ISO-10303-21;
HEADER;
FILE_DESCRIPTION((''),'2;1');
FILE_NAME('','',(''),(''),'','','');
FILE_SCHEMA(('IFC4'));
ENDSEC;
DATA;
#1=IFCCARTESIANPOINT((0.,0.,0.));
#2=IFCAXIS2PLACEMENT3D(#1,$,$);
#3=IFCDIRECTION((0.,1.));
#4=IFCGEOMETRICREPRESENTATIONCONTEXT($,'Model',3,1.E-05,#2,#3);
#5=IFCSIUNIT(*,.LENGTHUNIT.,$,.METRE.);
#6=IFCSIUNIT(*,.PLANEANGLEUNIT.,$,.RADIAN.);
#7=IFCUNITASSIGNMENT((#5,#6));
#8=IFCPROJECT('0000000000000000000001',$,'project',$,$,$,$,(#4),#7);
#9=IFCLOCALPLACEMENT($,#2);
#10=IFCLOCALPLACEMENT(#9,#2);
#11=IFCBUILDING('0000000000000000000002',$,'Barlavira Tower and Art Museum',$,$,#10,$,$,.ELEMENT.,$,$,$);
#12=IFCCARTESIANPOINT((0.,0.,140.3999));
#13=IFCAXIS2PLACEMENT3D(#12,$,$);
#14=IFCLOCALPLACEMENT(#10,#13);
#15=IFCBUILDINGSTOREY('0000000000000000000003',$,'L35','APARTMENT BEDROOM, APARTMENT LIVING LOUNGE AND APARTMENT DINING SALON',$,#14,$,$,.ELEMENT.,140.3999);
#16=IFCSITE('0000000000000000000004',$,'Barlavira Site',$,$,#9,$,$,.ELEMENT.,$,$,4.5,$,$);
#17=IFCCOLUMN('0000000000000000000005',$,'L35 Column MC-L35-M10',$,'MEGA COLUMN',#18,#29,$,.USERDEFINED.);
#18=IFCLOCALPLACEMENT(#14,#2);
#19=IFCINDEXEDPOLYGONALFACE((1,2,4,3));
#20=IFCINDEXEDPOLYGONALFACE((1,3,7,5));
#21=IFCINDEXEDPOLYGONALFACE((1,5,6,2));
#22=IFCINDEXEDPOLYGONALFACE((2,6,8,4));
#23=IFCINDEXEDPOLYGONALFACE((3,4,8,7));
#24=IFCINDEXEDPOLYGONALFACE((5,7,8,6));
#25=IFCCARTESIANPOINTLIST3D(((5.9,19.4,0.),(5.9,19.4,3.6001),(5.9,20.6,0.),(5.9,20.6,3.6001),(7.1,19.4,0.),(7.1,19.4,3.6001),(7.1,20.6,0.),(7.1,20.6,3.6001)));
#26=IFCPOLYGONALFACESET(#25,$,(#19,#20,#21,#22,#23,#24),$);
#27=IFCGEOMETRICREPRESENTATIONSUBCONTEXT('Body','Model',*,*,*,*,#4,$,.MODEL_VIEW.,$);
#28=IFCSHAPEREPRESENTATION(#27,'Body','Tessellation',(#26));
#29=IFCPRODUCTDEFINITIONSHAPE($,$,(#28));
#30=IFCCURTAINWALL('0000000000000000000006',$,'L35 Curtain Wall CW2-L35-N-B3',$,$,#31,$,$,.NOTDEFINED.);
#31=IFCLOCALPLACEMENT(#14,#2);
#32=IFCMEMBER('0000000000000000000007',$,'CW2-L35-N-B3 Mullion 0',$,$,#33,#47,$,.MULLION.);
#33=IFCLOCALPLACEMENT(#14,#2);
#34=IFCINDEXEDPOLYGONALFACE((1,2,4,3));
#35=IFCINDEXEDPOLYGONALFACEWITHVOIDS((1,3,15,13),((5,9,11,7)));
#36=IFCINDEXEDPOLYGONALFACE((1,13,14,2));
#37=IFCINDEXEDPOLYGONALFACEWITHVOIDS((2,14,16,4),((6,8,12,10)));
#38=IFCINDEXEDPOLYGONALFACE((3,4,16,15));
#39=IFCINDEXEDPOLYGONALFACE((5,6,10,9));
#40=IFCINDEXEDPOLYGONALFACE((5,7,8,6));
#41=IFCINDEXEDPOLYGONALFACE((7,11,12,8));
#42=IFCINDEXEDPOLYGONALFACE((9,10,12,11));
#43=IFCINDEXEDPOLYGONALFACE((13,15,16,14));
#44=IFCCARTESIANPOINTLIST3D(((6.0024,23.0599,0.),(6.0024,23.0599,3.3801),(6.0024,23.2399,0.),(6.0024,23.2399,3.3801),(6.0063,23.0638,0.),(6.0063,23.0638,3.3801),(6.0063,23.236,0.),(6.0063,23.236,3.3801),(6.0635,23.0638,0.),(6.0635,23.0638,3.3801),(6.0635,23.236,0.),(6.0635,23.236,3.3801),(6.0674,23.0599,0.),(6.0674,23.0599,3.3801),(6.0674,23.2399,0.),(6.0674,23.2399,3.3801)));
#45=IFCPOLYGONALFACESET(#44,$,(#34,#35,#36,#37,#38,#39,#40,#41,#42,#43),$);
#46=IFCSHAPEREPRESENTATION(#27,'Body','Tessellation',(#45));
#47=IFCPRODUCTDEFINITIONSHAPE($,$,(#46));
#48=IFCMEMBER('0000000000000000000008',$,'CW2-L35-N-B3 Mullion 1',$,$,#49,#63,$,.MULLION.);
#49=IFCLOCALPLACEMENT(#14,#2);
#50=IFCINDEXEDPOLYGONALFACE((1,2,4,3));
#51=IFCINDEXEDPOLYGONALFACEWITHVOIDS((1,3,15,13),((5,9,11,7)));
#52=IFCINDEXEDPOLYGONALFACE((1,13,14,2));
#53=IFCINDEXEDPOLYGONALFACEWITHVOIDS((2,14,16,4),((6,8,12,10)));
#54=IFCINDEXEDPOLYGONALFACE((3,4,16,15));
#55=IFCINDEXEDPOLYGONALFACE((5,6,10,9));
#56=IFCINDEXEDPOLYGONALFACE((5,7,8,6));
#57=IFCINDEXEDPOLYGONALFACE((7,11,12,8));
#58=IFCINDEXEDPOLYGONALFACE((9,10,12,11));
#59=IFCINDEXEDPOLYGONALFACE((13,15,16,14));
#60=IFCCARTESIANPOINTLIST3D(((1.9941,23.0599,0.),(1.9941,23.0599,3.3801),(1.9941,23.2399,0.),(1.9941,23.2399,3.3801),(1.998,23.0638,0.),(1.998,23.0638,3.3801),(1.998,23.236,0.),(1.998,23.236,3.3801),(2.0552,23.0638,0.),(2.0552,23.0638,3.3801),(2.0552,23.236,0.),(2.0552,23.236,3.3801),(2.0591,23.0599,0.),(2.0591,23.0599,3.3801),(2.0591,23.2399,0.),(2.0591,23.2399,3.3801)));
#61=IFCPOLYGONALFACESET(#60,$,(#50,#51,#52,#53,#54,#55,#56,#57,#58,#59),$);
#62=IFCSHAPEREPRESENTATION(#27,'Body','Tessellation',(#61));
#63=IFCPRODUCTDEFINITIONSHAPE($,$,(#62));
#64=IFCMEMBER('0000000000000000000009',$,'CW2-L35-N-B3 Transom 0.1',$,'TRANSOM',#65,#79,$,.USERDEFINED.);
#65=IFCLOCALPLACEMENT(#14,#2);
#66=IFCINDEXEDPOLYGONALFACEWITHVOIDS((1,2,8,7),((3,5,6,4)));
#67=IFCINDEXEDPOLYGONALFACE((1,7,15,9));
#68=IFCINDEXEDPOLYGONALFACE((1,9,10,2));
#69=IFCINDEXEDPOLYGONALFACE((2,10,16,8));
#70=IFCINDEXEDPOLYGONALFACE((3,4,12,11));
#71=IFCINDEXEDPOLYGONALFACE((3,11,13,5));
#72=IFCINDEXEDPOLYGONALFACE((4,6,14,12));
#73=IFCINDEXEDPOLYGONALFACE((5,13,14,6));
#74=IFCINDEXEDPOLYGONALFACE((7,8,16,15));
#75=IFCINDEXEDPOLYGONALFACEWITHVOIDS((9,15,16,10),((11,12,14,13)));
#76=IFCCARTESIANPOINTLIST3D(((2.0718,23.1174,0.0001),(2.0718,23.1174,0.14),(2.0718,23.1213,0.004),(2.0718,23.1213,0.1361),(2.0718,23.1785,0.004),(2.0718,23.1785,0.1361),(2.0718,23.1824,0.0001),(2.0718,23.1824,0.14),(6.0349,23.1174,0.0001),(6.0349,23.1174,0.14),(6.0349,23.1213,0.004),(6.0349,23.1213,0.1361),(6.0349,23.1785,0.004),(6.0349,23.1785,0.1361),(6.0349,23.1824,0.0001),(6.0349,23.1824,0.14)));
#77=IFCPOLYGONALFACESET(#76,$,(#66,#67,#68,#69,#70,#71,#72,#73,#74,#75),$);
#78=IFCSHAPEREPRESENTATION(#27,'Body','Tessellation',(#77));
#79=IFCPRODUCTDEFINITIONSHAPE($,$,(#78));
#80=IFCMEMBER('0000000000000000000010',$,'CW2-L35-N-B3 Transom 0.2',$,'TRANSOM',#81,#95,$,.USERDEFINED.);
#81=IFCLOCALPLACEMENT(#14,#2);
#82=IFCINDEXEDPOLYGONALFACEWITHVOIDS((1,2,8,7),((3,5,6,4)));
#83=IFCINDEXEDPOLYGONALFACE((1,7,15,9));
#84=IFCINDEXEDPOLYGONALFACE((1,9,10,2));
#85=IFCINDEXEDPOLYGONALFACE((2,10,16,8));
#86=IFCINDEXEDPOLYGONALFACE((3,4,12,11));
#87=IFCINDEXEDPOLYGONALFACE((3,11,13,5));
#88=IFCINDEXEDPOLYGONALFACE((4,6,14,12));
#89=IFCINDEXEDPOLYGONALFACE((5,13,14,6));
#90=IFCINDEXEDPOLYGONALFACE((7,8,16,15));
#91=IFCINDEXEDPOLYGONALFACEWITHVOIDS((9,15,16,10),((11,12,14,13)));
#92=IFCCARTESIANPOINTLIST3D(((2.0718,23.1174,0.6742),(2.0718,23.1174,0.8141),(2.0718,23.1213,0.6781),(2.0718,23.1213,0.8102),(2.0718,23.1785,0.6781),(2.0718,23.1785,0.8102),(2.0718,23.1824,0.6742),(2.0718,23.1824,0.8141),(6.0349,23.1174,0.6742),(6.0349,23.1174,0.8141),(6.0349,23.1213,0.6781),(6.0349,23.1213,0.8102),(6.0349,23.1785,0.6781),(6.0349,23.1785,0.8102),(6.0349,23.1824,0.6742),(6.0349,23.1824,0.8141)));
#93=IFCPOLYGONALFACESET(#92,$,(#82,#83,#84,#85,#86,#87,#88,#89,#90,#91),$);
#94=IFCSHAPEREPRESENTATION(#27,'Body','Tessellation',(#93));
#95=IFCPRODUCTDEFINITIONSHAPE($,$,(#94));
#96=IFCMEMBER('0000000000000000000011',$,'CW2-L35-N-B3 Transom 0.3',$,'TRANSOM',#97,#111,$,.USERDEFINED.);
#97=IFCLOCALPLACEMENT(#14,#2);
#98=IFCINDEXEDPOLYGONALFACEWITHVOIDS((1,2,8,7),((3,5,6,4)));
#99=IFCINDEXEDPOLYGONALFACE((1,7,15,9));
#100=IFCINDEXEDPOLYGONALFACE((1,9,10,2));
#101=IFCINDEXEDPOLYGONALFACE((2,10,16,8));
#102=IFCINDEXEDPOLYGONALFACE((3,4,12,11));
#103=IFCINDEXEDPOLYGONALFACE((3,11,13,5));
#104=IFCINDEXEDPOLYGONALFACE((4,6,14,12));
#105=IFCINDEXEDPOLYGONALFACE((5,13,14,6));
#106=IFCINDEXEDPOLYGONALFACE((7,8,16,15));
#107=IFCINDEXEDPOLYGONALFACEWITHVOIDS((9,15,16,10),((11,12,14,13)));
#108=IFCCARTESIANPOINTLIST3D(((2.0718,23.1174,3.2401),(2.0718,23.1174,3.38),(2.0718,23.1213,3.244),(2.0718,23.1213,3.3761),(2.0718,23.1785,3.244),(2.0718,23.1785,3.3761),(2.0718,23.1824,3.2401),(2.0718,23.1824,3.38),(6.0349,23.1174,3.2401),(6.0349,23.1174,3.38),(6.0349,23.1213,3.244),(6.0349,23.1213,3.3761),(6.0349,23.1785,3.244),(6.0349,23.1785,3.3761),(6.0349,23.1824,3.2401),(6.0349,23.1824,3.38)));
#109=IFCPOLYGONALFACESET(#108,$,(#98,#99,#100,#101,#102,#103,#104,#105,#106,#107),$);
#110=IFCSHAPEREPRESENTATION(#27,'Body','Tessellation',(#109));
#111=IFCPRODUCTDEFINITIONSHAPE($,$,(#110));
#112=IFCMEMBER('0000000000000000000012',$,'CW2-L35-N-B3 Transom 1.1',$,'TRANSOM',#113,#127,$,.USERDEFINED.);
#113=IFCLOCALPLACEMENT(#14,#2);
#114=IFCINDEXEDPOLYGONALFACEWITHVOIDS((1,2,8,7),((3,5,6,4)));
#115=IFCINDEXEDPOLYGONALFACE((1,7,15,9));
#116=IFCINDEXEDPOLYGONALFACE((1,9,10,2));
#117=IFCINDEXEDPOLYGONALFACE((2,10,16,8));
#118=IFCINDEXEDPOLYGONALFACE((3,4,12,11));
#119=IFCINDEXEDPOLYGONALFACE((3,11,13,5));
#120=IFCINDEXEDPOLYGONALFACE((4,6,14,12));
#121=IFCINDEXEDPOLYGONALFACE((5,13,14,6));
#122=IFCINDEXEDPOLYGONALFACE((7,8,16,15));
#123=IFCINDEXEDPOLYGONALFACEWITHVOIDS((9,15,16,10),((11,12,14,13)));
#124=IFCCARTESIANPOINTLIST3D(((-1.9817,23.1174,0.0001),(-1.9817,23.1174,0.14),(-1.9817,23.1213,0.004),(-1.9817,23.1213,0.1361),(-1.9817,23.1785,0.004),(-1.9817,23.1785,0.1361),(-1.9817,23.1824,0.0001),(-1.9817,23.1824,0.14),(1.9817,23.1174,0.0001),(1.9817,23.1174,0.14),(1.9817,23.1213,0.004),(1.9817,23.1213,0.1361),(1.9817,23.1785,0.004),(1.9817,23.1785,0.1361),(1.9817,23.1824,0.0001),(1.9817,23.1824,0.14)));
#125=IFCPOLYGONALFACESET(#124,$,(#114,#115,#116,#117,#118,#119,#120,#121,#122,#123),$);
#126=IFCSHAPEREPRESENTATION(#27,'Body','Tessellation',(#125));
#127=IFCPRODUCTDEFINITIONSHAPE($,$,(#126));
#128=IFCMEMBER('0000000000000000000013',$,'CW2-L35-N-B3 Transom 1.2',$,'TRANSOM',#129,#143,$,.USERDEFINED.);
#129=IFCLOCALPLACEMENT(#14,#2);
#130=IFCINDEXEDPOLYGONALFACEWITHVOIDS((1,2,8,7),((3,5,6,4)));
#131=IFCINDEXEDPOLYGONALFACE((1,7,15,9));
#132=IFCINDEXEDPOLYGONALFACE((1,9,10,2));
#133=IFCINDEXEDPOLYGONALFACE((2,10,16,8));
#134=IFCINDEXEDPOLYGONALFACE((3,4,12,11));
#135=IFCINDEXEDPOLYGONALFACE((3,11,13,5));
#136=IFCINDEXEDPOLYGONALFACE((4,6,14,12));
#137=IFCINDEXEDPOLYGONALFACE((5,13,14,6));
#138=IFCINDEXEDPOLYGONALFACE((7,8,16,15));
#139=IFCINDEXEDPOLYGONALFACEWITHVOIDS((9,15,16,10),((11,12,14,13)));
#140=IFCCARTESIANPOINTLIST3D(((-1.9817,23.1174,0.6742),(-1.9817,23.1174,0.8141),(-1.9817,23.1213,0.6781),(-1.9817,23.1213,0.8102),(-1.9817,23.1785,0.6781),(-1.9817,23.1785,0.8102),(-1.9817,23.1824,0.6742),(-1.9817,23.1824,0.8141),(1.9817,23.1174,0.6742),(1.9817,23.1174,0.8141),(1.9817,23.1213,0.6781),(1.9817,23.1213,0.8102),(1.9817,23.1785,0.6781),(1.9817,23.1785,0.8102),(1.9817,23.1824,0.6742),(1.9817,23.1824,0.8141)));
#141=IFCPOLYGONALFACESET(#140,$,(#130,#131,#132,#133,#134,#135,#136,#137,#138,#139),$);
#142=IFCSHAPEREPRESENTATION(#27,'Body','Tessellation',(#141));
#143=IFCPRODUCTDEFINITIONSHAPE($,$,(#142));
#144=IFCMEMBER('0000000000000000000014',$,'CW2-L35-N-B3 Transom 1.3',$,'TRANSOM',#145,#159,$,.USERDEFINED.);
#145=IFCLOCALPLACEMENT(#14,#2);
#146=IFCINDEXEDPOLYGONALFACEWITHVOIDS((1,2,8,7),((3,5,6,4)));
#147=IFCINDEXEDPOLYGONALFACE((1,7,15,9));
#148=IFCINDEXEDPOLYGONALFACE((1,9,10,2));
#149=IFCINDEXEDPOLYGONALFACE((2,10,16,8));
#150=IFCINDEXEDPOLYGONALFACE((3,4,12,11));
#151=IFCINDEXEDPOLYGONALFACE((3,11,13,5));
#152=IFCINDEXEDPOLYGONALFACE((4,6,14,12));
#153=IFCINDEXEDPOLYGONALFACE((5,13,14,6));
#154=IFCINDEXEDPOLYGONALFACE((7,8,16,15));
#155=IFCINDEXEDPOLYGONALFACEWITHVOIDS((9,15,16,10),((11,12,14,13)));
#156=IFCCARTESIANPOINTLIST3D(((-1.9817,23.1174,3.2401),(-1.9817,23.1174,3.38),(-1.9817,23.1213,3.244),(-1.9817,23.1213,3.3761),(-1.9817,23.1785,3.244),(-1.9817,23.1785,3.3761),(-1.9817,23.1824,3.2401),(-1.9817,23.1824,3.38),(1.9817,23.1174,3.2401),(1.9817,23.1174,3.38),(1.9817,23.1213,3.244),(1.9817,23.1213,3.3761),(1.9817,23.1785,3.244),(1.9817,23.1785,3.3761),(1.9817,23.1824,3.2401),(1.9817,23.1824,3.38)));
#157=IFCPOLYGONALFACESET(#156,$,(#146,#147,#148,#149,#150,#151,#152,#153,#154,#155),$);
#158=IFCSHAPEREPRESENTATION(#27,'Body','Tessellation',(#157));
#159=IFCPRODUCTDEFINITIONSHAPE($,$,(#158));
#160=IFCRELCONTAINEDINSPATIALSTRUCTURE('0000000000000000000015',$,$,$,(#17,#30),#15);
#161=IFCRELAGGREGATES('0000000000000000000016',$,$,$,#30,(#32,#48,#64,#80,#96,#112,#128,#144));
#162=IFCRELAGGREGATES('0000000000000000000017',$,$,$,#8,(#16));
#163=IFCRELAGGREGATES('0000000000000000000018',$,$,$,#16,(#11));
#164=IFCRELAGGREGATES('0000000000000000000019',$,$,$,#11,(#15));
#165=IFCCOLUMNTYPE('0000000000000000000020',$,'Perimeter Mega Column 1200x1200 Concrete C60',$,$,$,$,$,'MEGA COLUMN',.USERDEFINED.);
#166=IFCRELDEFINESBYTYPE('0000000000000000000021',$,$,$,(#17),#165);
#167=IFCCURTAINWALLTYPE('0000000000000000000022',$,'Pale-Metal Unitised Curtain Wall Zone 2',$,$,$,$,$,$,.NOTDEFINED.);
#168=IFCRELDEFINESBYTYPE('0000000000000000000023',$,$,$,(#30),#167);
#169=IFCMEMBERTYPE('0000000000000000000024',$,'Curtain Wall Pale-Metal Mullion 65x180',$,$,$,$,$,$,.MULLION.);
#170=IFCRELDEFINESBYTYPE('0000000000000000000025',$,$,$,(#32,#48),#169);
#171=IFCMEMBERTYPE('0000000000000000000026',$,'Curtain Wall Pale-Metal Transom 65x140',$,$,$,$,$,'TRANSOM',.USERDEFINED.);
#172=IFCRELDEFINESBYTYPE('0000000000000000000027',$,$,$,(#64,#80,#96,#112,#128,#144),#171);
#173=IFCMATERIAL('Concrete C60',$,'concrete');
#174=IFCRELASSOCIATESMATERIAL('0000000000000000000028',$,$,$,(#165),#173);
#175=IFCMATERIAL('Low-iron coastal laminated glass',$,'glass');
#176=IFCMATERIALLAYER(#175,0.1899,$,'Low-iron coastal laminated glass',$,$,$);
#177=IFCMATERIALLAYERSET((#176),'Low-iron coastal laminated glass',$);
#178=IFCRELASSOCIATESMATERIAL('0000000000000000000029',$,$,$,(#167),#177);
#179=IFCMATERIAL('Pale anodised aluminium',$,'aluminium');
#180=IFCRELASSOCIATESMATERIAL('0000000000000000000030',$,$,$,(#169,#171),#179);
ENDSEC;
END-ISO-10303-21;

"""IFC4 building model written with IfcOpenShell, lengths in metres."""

from ifc_helpers import new_model, si_unit, direction, frame, origin, origin_2d, place, context, subcontext, project, spatial, rectangle, hollow_rectangle, extrude, material, layer, layer_set, material_profile, profile_set, type_object, element, aggregate, save


model = new_model("IFC4")

# Units and contexts
model_context = context("Model", 3, precision=1e-05, world=origin(), true_north=direction((0.0, 1.0)))
body_context = subcontext(model_context, "Body", "Model", "MODEL_VIEW")
ifc_project = project(units=[si_unit("LENGTHUNIT", "METRE"), si_unit("PLANEANGLEUNIT", "RADIAN")], contexts=[model_context])

# Site, building, storey
site_placement = place(None, origin())
site = spatial("IfcSite", under=ifc_project, at=site_placement, Name="Barlavira Site", CompositionType="ELEMENT", RefElevation=4.5)
building_placement = place(site_placement, origin())
building = spatial("IfcBuilding", under=site, at=building_placement, Name="Barlavira Tower and Art Museum", CompositionType="ELEMENT")
storey_placement = place(building_placement, frame((0.0, 0.0, 140.3999)))
storey = spatial("IfcBuildingStorey", under=building, at=storey_placement, Name="L35", Description="APARTMENT BEDROOM, APARTMENT LIVING LOUNGE AND APARTMENT DINING SALON", CompositionType="ELEMENT", Elevation=140.3999)

# Column
ifc_material_1 = material(Name="Concrete C60", Category="concrete")
ifc_material_profile_1 = material_profile(ifc_material_1, rectangle(XDim=1.2, YDim=1.2, at=origin_2d()), Name="RC-COL 1200x1200")
ifc_profile_set_1 = profile_set([ifc_material_profile_1], Name="Concrete C60")
column_type = type_object("IfcColumnType", Name="Perimeter Mega Column 1200x1200 Concrete C60", ElementType="MEGA COLUMN", PredefinedType="USERDEFINED", material=ifc_profile_set_1)
column_placement = place(storey_placement, frame((6.5, 20.0, 0.0), z_axis=(0.0, 0.0, 1.0), x_axis=(1.0, 0.0, 0.0)))
element("IfcColumn", 1, at=column_placement, inside=storey, type_object=column_type, Name="L35 Column MC-L35-M10", ObjectType="MEGA COLUMN", PredefinedType="USERDEFINED", context=body_context, shape_type="SweptSolid", body=[
    extrude(rectangle(XDim=1.2, YDim=1.2, at=origin_2d()), origin(), (0.0, 0.0, 1.0), 3.6001),
])

# Curtain wall, members
ifc_material_2 = material(Name="Low-iron coastal laminated glass", Category="glass")
ifc_layer_1 = layer(ifc_material_2, 0.1899, Name="Low-iron coastal laminated glass")
ifc_layer_set_1 = layer_set([ifc_layer_1], Name="Low-iron coastal laminated glass")
curtain_wall_type = type_object("IfcCurtainWallType", Name="Pale-Metal Unitised Curtain Wall Zone 2", PredefinedType="NOTDEFINED", material=ifc_layer_set_1)
curtain_wall_placement = place(storey_placement, origin())
curtain_wall = element("IfcCurtainWall", 2, at=curtain_wall_placement, inside=storey, type_object=curtain_wall_type, Name="L35 Curtain Wall CW2-L35-N-B3", PredefinedType="NOTDEFINED")
ifc_material_3 = material(Name="Pale anodised aluminium", Category="aluminium")
ifc_material_profile_2 = material_profile(ifc_material_3, hollow_rectangle(XDim=0.0649, YDim=0.1799, WallThickness=0.0039, at=origin_2d()), Name="ALU-MULL 65x180x4")
ifc_profile_set_2 = profile_set([ifc_material_profile_2], Name="Pale anodised aluminium")
member_type_1 = type_object("IfcMemberType", Name="Curtain Wall Pale-Metal Mullion 65x180", PredefinedType="MULLION", material=ifc_profile_set_2)
member_1_placement = place(storey_placement, frame((6.0349, 23.1499, 0.0), z_axis=(0.0, 0.0, 1.0), x_axis=(-1.0, 0.0, 0.0)))
member_1 = element("IfcMember", 3, at=member_1_placement, type_object=member_type_1, Name="CW2-L35-N-B3 Mullion 0", PredefinedType="MULLION", context=body_context, shape_type="SweptSolid", body=[
    extrude(hollow_rectangle(XDim=0.0649, YDim=0.1799, WallThickness=0.0039, at=origin_2d()), origin(), (0.0, 0.0, 1.0), 3.3801),
])
member_2_placement = place(storey_placement, frame((2.0266, 23.1499, 0.0), z_axis=(0.0, 0.0, 1.0), x_axis=(-1.0, 0.0, 0.0)))
member_2 = element("IfcMember", 4, at=member_2_placement, type_object=member_type_1, Name="CW2-L35-N-B3 Mullion 1", PredefinedType="MULLION", context=body_context, shape_type="SweptSolid", body=[
    extrude(hollow_rectangle(XDim=0.0649, YDim=0.1799, WallThickness=0.0039, at=origin_2d()), origin(), (0.0, 0.0, 1.0), 3.3801),
])
ifc_material_profile_3 = material_profile(ifc_material_3, hollow_rectangle(XDim=0.0649, YDim=0.1399, WallThickness=0.0039, at=origin_2d()), Name="ALU-TRAN 65x140x4")
ifc_profile_set_3 = profile_set([ifc_material_profile_3], Name="Pale anodised aluminium")
member_type_2 = type_object("IfcMemberType", Name="Curtain Wall Pale-Metal Transom 65x140", ElementType="TRANSOM", PredefinedType="USERDEFINED", material=ifc_profile_set_3)
member_3_placement = place(storey_placement, frame((6.0349, 23.1499, 0.0701), z_axis=(-1.0, 0.0, 0.0), x_axis=(0.0, -1.0, 0.0)))
member_3 = element("IfcMember", 5, at=member_3_placement, type_object=member_type_2, Name="CW2-L35-N-B3 Transom 0.1", ObjectType="TRANSOM", PredefinedType="USERDEFINED", context=body_context, shape_type="SweptSolid", body=[
    extrude(hollow_rectangle(XDim=0.0649, YDim=0.1399, WallThickness=0.0039, at=origin_2d()), origin(), (0.0, 0.0, 1.0), 3.9631),
])
member_4_placement = place(storey_placement, frame((6.0349, 23.1499, 0.7441), z_axis=(-1.0, 0.0, 0.0), x_axis=(0.0, -1.0, 0.0)))
member_4 = element("IfcMember", 6, at=member_4_placement, type_object=member_type_2, Name="CW2-L35-N-B3 Transom 0.2", ObjectType="TRANSOM", PredefinedType="USERDEFINED", context=body_context, shape_type="SweptSolid", body=[
    extrude(hollow_rectangle(XDim=0.0649, YDim=0.1399, WallThickness=0.0039, at=origin_2d()), origin(), (0.0, 0.0, 1.0), 3.9631),
])
member_5_placement = place(storey_placement, frame((6.0349, 23.1499, 3.3101), z_axis=(-1.0, 0.0, 0.0), x_axis=(0.0, -1.0, 0.0)))
member_5 = element("IfcMember", 7, at=member_5_placement, type_object=member_type_2, Name="CW2-L35-N-B3 Transom 0.3", ObjectType="TRANSOM", PredefinedType="USERDEFINED", context=body_context, shape_type="SweptSolid", body=[
    extrude(hollow_rectangle(XDim=0.0649, YDim=0.1399, WallThickness=0.0039, at=origin_2d()), origin(), (0.0, 0.0, 1.0), 3.9631),
])
member_6_placement = place(storey_placement, frame((1.9817, 23.1499, 0.0701), z_axis=(-1.0, 0.0, 0.0), x_axis=(0.0, -1.0, 0.0)))
member_6 = element("IfcMember", 8, at=member_6_placement, type_object=member_type_2, Name="CW2-L35-N-B3 Transom 1.1", ObjectType="TRANSOM", PredefinedType="USERDEFINED", context=body_context, shape_type="SweptSolid", body=[
    extrude(hollow_rectangle(XDim=0.0649, YDim=0.1399, WallThickness=0.0039, at=origin_2d()), origin(), (0.0, 0.0, 1.0), 3.9634),
])
member_7_placement = place(storey_placement, frame((1.9817, 23.1499, 0.7441), z_axis=(-1.0, 0.0, 0.0), x_axis=(0.0, -1.0, 0.0)))
member_7 = element("IfcMember", 9, at=member_7_placement, type_object=member_type_2, Name="CW2-L35-N-B3 Transom 1.2", ObjectType="TRANSOM", PredefinedType="USERDEFINED", context=body_context, shape_type="SweptSolid", body=[
    extrude(hollow_rectangle(XDim=0.0649, YDim=0.1399, WallThickness=0.0039, at=origin_2d()), origin(), (0.0, 0.0, 1.0), 3.9634),
])
member_8_placement = place(storey_placement, frame((1.9817, 23.1499, 3.3101), z_axis=(-1.0, 0.0, 0.0), x_axis=(0.0, -1.0, 0.0)))
member_8 = element("IfcMember", 10, at=member_8_placement, type_object=member_type_2, Name="CW2-L35-N-B3 Transom 1.3", ObjectType="TRANSOM", PredefinedType="USERDEFINED", context=body_context, shape_type="SweptSolid", body=[
    extrude(hollow_rectangle(XDim=0.0649, YDim=0.1399, WallThickness=0.0039, at=origin_2d()), origin(), (0.0, 0.0, 1.0), 3.9634),
])

aggregate(curtain_wall, [member_1, member_2, member_3, member_4, member_5, member_6, member_7, member_8])

save(model, "model.ifc")
